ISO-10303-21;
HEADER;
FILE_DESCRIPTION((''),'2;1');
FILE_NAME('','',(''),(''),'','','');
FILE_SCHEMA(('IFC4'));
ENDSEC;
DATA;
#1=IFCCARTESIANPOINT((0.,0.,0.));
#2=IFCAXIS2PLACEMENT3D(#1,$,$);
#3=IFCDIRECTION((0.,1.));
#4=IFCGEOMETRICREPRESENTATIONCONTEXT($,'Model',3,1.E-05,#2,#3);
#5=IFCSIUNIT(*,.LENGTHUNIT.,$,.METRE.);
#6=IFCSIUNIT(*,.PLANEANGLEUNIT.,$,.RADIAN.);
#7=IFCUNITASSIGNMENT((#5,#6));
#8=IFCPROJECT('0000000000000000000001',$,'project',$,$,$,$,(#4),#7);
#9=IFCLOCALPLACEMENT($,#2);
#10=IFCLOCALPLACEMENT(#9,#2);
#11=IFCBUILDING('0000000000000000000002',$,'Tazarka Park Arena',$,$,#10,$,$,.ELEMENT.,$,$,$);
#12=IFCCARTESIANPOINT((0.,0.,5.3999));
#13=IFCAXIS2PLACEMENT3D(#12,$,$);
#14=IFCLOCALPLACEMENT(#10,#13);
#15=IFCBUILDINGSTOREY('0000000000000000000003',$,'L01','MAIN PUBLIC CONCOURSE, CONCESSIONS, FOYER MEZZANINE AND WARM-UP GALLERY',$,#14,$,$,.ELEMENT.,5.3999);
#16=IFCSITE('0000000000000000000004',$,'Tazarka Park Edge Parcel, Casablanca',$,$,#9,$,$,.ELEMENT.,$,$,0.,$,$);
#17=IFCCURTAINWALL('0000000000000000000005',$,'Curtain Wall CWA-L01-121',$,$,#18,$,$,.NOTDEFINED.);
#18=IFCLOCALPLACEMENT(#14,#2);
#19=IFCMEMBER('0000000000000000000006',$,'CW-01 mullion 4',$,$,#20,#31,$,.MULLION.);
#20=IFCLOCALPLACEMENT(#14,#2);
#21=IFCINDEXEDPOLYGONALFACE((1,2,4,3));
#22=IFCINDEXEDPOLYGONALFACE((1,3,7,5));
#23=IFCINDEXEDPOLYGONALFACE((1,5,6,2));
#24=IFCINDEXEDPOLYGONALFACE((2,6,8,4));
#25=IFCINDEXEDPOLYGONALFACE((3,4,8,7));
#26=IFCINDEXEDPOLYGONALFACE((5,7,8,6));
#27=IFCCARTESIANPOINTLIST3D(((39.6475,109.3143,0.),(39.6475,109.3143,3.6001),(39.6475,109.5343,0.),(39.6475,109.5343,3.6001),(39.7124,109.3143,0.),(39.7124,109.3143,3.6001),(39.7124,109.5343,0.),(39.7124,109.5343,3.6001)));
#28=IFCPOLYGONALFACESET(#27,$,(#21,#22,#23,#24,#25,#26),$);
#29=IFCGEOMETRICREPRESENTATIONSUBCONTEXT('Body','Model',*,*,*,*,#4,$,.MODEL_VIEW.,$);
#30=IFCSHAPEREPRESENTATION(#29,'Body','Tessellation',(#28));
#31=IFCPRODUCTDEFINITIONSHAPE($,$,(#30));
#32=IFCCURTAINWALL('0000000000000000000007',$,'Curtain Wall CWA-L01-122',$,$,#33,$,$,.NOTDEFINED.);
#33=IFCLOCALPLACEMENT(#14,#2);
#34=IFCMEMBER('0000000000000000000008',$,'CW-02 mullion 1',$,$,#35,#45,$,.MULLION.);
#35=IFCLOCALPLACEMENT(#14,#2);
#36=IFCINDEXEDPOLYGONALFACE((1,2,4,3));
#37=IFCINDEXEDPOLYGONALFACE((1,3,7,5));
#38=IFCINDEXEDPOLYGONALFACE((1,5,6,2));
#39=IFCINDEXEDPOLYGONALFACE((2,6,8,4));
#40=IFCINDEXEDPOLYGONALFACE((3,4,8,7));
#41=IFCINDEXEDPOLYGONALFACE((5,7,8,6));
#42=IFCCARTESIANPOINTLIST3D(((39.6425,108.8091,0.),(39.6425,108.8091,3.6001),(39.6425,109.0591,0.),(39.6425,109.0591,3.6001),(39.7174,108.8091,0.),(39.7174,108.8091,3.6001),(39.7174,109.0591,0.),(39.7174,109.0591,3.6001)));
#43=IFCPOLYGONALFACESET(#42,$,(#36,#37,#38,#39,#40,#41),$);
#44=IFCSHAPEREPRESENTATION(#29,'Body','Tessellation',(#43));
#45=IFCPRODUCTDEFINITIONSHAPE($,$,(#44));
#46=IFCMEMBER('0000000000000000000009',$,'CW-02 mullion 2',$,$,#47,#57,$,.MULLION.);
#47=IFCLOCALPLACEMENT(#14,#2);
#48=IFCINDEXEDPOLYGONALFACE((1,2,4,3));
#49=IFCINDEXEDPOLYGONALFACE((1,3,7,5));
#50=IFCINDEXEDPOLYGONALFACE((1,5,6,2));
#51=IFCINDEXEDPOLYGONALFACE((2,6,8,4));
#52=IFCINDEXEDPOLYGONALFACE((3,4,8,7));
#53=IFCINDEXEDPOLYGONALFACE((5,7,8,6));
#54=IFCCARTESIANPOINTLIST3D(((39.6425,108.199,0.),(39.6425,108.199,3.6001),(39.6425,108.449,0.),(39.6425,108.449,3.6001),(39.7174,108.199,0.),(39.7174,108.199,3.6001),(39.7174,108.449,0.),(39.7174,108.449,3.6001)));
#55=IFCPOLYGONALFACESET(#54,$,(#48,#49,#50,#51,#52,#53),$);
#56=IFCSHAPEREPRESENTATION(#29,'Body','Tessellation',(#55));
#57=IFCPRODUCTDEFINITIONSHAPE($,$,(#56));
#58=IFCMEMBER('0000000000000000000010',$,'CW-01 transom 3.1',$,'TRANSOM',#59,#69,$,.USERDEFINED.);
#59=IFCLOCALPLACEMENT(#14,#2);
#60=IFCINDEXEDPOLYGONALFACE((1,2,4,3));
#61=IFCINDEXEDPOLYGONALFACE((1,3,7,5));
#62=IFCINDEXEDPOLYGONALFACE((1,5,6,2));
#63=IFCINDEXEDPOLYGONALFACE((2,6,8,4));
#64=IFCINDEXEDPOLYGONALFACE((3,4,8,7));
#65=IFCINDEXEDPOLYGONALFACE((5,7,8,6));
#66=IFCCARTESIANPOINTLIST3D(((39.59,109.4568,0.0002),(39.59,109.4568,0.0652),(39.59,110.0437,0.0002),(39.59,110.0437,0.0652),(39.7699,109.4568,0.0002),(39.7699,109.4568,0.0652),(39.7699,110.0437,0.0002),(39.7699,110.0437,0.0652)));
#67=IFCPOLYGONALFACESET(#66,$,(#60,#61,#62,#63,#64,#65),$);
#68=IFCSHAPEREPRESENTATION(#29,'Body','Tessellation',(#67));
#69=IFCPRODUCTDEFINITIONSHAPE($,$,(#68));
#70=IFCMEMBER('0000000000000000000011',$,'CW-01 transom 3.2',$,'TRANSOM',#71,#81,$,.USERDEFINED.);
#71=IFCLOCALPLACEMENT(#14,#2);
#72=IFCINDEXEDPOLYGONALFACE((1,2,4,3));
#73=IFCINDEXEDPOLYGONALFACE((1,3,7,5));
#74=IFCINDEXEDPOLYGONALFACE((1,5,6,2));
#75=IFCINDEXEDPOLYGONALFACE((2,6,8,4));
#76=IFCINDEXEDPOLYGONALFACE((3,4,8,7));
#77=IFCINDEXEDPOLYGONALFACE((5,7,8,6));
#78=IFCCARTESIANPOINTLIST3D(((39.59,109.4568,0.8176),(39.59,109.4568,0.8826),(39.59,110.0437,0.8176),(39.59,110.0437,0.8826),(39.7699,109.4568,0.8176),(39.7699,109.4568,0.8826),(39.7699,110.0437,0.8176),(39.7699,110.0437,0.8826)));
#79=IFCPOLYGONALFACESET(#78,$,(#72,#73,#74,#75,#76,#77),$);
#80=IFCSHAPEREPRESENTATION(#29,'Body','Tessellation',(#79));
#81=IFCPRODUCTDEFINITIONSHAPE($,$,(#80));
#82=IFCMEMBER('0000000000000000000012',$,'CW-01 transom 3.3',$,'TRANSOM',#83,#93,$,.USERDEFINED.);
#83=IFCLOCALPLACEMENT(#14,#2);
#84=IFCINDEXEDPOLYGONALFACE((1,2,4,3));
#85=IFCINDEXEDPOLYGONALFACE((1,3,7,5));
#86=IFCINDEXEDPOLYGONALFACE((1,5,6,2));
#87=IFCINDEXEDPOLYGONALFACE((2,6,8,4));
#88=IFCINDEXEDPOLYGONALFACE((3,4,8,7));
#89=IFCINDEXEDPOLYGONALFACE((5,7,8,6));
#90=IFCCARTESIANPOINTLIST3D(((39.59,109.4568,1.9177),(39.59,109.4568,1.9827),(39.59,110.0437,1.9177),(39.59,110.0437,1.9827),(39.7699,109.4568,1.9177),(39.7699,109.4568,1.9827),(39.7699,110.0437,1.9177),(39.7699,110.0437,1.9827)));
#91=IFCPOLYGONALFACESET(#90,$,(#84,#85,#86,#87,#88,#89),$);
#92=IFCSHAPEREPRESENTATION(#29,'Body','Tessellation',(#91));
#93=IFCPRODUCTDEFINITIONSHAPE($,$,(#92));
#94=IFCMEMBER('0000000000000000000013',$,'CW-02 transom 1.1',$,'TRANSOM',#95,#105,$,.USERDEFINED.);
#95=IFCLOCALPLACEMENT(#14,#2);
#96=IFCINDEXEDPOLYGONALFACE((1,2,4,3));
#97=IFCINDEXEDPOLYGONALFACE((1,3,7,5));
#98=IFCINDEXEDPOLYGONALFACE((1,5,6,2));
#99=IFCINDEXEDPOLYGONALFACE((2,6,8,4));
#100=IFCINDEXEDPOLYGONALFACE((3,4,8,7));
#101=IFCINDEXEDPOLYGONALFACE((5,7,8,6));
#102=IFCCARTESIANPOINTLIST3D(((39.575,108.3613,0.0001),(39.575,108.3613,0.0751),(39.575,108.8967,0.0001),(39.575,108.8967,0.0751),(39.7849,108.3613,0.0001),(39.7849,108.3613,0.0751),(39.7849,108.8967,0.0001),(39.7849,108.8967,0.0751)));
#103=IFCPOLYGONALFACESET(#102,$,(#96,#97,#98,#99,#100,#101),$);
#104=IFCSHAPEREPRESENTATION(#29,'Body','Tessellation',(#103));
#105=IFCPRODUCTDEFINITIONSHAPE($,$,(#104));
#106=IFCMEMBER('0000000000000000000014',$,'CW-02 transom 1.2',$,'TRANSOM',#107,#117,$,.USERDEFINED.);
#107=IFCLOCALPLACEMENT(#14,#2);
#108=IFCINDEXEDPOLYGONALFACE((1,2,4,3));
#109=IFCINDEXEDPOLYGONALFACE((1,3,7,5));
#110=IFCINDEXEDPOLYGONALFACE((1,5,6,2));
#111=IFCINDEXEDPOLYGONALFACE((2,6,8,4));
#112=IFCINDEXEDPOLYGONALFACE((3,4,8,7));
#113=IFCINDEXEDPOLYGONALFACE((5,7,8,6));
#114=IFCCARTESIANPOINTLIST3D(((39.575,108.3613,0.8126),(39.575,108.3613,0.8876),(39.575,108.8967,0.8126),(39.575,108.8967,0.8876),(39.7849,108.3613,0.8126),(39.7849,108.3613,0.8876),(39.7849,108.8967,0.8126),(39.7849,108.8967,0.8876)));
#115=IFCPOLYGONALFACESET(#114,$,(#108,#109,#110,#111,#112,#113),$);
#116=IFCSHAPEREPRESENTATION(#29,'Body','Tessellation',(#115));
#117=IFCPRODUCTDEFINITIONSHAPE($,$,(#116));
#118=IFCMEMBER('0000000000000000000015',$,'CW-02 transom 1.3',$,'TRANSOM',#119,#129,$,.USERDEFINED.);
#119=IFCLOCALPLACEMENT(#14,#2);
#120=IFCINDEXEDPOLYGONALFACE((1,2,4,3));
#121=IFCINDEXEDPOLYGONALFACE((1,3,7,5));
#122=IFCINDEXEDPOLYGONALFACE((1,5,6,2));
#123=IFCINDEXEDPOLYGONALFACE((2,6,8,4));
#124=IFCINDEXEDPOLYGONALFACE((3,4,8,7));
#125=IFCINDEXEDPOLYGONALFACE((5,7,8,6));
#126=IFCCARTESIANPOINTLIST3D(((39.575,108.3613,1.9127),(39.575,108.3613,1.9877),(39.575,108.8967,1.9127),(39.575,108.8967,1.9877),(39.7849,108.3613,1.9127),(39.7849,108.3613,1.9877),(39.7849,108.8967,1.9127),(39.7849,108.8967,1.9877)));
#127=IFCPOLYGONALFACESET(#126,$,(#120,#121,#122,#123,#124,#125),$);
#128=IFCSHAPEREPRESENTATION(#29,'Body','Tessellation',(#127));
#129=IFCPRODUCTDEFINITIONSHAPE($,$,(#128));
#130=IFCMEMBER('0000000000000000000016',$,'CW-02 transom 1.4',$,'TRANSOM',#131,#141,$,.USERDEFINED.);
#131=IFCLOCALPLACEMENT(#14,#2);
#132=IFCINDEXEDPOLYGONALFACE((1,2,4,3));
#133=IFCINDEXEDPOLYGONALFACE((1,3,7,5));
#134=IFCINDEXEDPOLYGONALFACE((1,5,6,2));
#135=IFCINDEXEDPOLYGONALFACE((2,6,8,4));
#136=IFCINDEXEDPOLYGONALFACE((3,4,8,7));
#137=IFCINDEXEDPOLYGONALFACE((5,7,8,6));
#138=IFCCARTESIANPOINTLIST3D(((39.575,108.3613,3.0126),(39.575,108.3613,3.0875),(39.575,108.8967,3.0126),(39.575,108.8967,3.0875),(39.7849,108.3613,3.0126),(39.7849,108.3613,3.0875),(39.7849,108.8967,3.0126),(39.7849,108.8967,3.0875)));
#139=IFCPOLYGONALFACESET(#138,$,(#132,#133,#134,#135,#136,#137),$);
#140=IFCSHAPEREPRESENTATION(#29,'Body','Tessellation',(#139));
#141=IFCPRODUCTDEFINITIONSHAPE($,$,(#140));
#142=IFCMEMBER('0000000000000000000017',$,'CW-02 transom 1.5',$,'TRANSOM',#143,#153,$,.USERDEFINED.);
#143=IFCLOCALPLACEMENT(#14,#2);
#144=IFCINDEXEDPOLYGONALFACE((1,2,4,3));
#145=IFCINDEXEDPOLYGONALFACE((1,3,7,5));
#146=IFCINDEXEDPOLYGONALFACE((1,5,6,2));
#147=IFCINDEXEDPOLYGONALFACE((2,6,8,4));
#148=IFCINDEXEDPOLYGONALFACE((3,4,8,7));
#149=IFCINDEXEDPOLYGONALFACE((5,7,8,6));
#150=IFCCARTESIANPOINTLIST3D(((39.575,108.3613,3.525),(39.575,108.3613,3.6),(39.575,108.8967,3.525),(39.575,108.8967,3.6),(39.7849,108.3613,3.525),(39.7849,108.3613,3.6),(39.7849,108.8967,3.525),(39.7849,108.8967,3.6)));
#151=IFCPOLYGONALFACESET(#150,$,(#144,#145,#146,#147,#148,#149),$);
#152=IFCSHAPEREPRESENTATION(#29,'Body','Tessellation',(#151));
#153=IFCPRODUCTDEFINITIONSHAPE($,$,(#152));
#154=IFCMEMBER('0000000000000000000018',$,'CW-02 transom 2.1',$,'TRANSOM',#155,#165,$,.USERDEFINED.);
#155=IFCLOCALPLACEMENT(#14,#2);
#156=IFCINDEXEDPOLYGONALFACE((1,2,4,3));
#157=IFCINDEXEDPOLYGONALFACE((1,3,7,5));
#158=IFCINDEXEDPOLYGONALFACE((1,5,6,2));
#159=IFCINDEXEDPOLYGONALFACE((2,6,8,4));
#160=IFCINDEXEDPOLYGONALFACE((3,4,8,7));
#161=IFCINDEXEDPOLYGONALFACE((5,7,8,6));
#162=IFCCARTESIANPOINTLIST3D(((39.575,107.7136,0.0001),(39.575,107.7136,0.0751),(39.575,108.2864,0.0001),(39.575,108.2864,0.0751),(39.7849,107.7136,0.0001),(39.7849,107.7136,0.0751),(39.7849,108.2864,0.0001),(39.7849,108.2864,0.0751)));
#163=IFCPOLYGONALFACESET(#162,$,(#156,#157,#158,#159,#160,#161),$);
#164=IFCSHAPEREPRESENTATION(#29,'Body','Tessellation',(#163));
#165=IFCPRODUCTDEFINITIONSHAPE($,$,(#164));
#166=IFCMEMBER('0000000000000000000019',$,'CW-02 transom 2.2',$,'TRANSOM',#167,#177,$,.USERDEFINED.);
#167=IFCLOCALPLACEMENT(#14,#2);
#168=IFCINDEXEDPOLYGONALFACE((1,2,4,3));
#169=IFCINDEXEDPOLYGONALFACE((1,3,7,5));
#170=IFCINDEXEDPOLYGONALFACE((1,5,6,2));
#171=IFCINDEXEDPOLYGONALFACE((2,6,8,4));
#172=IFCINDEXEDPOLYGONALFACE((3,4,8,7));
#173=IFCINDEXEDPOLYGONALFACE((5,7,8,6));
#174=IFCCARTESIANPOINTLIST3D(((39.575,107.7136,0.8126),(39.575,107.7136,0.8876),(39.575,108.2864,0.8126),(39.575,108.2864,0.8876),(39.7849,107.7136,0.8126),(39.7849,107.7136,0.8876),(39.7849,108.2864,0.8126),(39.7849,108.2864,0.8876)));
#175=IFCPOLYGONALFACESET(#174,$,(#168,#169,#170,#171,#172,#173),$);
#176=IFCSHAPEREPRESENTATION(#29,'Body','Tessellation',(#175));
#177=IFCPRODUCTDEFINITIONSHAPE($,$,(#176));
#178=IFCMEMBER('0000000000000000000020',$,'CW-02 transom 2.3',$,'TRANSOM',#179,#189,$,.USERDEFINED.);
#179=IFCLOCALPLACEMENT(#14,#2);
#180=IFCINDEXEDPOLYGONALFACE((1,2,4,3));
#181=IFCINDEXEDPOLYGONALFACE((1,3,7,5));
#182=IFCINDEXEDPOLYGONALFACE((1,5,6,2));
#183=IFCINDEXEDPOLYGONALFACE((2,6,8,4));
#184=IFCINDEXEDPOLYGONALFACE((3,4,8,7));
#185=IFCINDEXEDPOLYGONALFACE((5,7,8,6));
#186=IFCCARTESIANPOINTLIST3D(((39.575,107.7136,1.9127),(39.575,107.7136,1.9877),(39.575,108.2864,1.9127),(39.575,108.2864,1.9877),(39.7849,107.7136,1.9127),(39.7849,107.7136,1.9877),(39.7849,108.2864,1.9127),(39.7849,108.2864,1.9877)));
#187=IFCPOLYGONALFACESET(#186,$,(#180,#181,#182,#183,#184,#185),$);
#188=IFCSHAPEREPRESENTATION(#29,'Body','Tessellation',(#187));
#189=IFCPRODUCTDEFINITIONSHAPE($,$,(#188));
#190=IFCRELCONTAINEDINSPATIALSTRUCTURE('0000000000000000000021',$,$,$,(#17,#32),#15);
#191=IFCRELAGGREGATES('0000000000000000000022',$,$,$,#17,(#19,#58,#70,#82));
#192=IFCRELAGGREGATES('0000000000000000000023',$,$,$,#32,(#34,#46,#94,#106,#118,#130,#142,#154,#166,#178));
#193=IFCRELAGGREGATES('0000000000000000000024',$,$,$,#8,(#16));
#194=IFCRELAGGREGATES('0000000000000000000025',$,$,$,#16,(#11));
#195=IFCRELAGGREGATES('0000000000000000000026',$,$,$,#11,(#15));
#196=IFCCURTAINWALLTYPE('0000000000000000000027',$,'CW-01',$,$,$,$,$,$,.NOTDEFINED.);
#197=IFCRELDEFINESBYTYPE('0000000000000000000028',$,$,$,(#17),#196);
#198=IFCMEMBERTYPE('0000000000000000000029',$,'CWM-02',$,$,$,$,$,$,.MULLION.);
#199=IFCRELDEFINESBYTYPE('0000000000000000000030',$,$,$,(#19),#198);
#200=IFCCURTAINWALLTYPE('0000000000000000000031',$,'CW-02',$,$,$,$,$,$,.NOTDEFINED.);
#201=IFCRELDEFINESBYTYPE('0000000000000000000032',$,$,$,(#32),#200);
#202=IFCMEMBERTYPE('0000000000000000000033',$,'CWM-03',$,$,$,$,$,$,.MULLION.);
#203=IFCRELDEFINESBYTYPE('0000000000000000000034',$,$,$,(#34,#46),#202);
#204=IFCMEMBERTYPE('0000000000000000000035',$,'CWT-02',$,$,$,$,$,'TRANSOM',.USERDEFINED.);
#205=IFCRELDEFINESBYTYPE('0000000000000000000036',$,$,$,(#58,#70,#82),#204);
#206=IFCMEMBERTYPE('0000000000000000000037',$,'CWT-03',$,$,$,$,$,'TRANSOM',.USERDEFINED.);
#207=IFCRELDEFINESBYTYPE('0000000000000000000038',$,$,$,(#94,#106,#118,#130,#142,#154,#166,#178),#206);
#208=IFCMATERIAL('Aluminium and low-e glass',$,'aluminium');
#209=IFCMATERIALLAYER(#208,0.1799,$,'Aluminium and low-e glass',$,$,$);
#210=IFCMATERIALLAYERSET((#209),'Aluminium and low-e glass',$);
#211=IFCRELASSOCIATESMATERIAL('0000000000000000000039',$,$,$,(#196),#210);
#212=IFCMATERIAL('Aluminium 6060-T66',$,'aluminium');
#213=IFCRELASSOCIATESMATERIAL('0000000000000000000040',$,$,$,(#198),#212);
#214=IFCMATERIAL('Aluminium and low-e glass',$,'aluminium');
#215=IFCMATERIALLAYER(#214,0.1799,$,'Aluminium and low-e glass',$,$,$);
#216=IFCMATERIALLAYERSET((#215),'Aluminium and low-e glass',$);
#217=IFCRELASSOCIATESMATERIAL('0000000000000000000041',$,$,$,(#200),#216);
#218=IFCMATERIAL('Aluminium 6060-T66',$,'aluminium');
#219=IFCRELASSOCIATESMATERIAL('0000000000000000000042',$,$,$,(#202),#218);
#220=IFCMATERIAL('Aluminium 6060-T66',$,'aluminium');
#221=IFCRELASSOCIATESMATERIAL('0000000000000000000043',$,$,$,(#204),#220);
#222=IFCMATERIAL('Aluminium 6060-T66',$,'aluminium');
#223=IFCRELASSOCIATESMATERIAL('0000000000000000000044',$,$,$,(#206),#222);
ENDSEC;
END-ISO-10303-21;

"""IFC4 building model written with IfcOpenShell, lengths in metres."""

from ifc_helpers import new_model, si_unit, direction, frame, origin, origin_2d, place, context, subcontext, project, spatial, rectangle, extrude, material, layer, layer_set, material_profile, profile_set, type_object, element, aggregate, save


model = new_model("IFC4")

# Units and contexts
model_context = context("Model", 3, precision=1e-05, world=origin(), true_north=direction((0.0, 1.0)))
body_context = subcontext(model_context, "Body", "Model", "MODEL_VIEW")
ifc_project = project(units=[si_unit("LENGTHUNIT", "METRE"), si_unit("PLANEANGLEUNIT", "RADIAN")], contexts=[model_context])

# Site, building, storey
site_placement = place(None, origin())
site = spatial("IfcSite", under=ifc_project, at=site_placement, Name="Tazarka Park Edge Parcel, Casablanca", CompositionType="ELEMENT", RefElevation=0.0)
building_placement = place(site_placement, origin())
building = spatial("IfcBuilding", under=site, at=building_placement, Name="Tazarka Park Arena", CompositionType="ELEMENT")
storey_placement = place(building_placement, frame((0.0, 0.0, 5.3999)))
storey = spatial("IfcBuildingStorey", under=building, at=storey_placement, Name="L01", Description="MAIN PUBLIC CONCOURSE, CONCESSIONS, FOYER MEZZANINE AND WARM-UP GALLERY", CompositionType="ELEMENT", Elevation=5.3999)

# Curtain wall, member
ifc_material_1 = material(Name="Aluminium and low-e glass", Category="aluminium")
ifc_layer_1 = layer(ifc_material_1, 0.1799, Name="Aluminium and low-e glass")
ifc_layer_set_1 = layer_set([ifc_layer_1], Name="Aluminium and low-e glass")
curtain_wall_type_1 = type_object("IfcCurtainWallType", Name="CW-01", PredefinedType="NOTDEFINED", material=ifc_layer_set_1)
curtain_wall_1_placement = place(storey_placement, origin())
curtain_wall_1 = element("IfcCurtainWall", 1, at=curtain_wall_1_placement, inside=storey, type_object=curtain_wall_type_1, Name="Curtain Wall CWA-L01-121", PredefinedType="NOTDEFINED")
ifc_material_2 = material(Name="Aluminium 6060-T66", Category="aluminium")
ifc_material_profile_1 = material_profile(ifc_material_2, rectangle(XDim=0.0649, YDim=0.22, at=origin_2d()), Name="Aluminium 6060-T66")
ifc_profile_set_1 = profile_set([ifc_material_profile_1], Name="Aluminium 6060-T66")
member_type_1 = type_object("IfcMemberType", Name="CWM-02", PredefinedType="MULLION", material=ifc_profile_set_1)
member_1_placement = place(storey_placement, frame((39.6799, 109.4243, 0.0), z_axis=(0.0, 0.0, 1.0), x_axis=(1.0, 0.0, 0.0)))
member_1 = element("IfcMember", 2, at=member_1_placement, type_object=member_type_1, Name="CW-01 mullion 4", PredefinedType="MULLION", context=body_context, shape_type="SweptSolid", body=[
    extrude(rectangle(XDim=0.0649, YDim=0.22, at=origin_2d()), origin(), (0.0, 0.0, 1.0), 3.6001),
])

# Curtain wall, members
ifc_material_3 = material(Name="Aluminium and low-e glass", Category="aluminium")
ifc_layer_2 = layer(ifc_material_3, 0.1799, Name="Aluminium and low-e glass")
ifc_layer_set_2 = layer_set([ifc_layer_2], Name="Aluminium and low-e glass")
curtain_wall_type_2 = type_object("IfcCurtainWallType", Name="CW-02", PredefinedType="NOTDEFINED", material=ifc_layer_set_2)
curtain_wall_2_placement = place(storey_placement, origin())
curtain_wall_2 = element("IfcCurtainWall", 3, at=curtain_wall_2_placement, inside=storey, type_object=curtain_wall_type_2, Name="Curtain Wall CWA-L01-122", PredefinedType="NOTDEFINED")
ifc_material_4 = material(Name="Aluminium 6060-T66", Category="aluminium")
ifc_material_profile_2 = material_profile(ifc_material_4, rectangle(XDim=0.075, YDim=0.25, at=origin_2d()), Name="Aluminium 6060-T66")
ifc_profile_set_2 = profile_set([ifc_material_profile_2], Name="Aluminium 6060-T66")
member_type_2 = type_object("IfcMemberType", Name="CWM-03", PredefinedType="MULLION", material=ifc_profile_set_2)
member_2_placement = place(storey_placement, frame((39.6799, 108.9341, 0.0), z_axis=(0.0, 0.0, 1.0), x_axis=(1.0, 0.0, 0.0)))
member_2 = element("IfcMember", 4, at=member_2_placement, type_object=member_type_2, Name="CW-02 mullion 1", PredefinedType="MULLION", context=body_context, shape_type="SweptSolid", body=[
    extrude(rectangle(XDim=0.075, YDim=0.25, at=origin_2d()), origin(), (0.0, 0.0, 1.0), 3.6001),
])
member_3_placement = place(storey_placement, frame((39.6799, 108.324, 0.0), z_axis=(0.0, 0.0, 1.0), x_axis=(1.0, 0.0, 0.0)))
member_3 = element("IfcMember", 5, at=member_3_placement, type_object=member_type_2, Name="CW-02 mullion 2", PredefinedType="MULLION", context=body_context, shape_type="SweptSolid", body=[
    extrude(rectangle(XDim=0.075, YDim=0.25, at=origin_2d()), origin(), (0.0, 0.0, 1.0), 3.6001),
])

# Members
ifc_material_5 = material(Name="Aluminium 6060-T66", Category="aluminium")
ifc_material_profile_3 = material_profile(ifc_material_5, rectangle(XDim=0.1799, YDim=0.0649, at=origin_2d()), Name="Aluminium 6060-T66")
ifc_profile_set_3 = profile_set([ifc_material_profile_3], Name="Aluminium 6060-T66")
member_type_3 = type_object("IfcMemberType", Name="CWT-02", ElementType="TRANSOM", PredefinedType="USERDEFINED", material=ifc_profile_set_3)
member_4_placement = place(storey_placement, frame((39.6799, 110.0437, 0.0327), z_axis=(0.0, -1.0, 0.0), x_axis=(1.0, 0.0, 0.0)))
member_4 = element("IfcMember", 6, at=member_4_placement, type_object=member_type_3, Name="CW-01 transom 3.1", ObjectType="TRANSOM", PredefinedType="USERDEFINED", context=body_context, shape_type="SweptSolid", body=[
    extrude(rectangle(XDim=0.1799, YDim=0.0649, at=origin_2d()), origin(), (0.0, 0.0, 1.0), 0.5869),
])
member_5_placement = place(storey_placement, frame((39.6799, 110.0437, 0.8501), z_axis=(0.0, -1.0, 0.0), x_axis=(1.0, 0.0, 0.0)))
member_5 = element("IfcMember", 7, at=member_5_placement, type_object=member_type_3, Name="CW-01 transom 3.2", ObjectType="TRANSOM", PredefinedType="USERDEFINED", context=body_context, shape_type="SweptSolid", body=[
    extrude(rectangle(XDim=0.1799, YDim=0.0649, at=origin_2d()), origin(), (0.0, 0.0, 1.0), 0.5869),
])
member_6_placement = place(storey_placement, frame((39.6799, 110.0437, 1.9502), z_axis=(0.0, -1.0, 0.0), x_axis=(1.0, 0.0, 0.0)))
member_6 = element("IfcMember", 8, at=member_6_placement, type_object=member_type_3, Name="CW-01 transom 3.3", ObjectType="TRANSOM", PredefinedType="USERDEFINED", context=body_context, shape_type="SweptSolid", body=[
    extrude(rectangle(XDim=0.1799, YDim=0.0649, at=origin_2d()), origin(), (0.0, 0.0, 1.0), 0.5869),
])
ifc_material_6 = material(Name="Aluminium 6060-T66", Category="aluminium")
ifc_material_profile_4 = material_profile(ifc_material_6, rectangle(XDim=0.21, YDim=0.075, at=origin_2d()), Name="Aluminium 6060-T66")
ifc_profile_set_4 = profile_set([ifc_material_profile_4], Name="Aluminium 6060-T66")
member_type_4 = type_object("IfcMemberType", Name="CWT-03", ElementType="TRANSOM", PredefinedType="USERDEFINED", material=ifc_profile_set_4)
member_7_placement = place(storey_placement, frame((39.6799, 108.8967, 0.0376), z_axis=(0.0, -1.0, 0.0), x_axis=(1.0, 0.0, 0.0)))
member_7 = element("IfcMember", 9, at=member_7_placement, type_object=member_type_4, Name="CW-02 transom 1.1", ObjectType="TRANSOM", PredefinedType="USERDEFINED", context=body_context, shape_type="SweptSolid", body=[
    extrude(rectangle(XDim=0.21, YDim=0.075, at=origin_2d()), origin(), (0.0, 0.0, 1.0), 0.5354),
])
member_8_placement = place(storey_placement, frame((39.6799, 108.8967, 0.8501), z_axis=(0.0, -1.0, 0.0), x_axis=(1.0, 0.0, 0.0)))
member_8 = element("IfcMember", 10, at=member_8_placement, type_object=member_type_4, Name="CW-02 transom 1.2", ObjectType="TRANSOM", PredefinedType="USERDEFINED", context=body_context, shape_type="SweptSolid", body=[
    extrude(rectangle(XDim=0.21, YDim=0.075, at=origin_2d()), origin(), (0.0, 0.0, 1.0), 0.5354),
])
member_9_placement = place(storey_placement, frame((39.6799, 108.8967, 1.9502), z_axis=(0.0, -1.0, 0.0), x_axis=(1.0, 0.0, 0.0)))
member_9 = element("IfcMember", 11, at=member_9_placement, type_object=member_type_4, Name="CW-02 transom 1.3", ObjectType="TRANSOM", PredefinedType="USERDEFINED", context=body_context, shape_type="SweptSolid", body=[
    extrude(rectangle(XDim=0.21, YDim=0.075, at=origin_2d()), origin(), (0.0, 0.0, 1.0), 0.5354),
])
member_10_placement = place(storey_placement, frame((39.6799, 108.8967, 3.05), z_axis=(0.0, -1.0, 0.0), x_axis=(1.0, 0.0, 0.0)))
member_10 = element("IfcMember", 12, at=member_10_placement, type_object=member_type_4, Name="CW-02 transom 1.4", ObjectType="TRANSOM", PredefinedType="USERDEFINED", context=body_context, shape_type="SweptSolid", body=[
    extrude(rectangle(XDim=0.21, YDim=0.075, at=origin_2d()), origin(), (0.0, 0.0, 1.0), 0.5354),
])
member_11_placement = place(storey_placement, frame((39.6799, 108.8967, 3.5625), z_axis=(0.0, -1.0, 0.0), x_axis=(1.0, 0.0, 0.0)))
member_11 = element("IfcMember", 13, at=member_11_placement, type_object=member_type_4, Name="CW-02 transom 1.5", ObjectType="TRANSOM", PredefinedType="USERDEFINED", context=body_context, shape_type="SweptSolid", body=[
    extrude(rectangle(XDim=0.21, YDim=0.075, at=origin_2d()), origin(), (0.0, 0.0, 1.0), 0.5354),
])
member_12_placement = place(storey_placement, frame((39.6799, 108.2864, 0.0376), z_axis=(0.0, -1.0, 0.0), x_axis=(1.0, 0.0, 0.0)))
member_12 = element("IfcMember", 14, at=member_12_placement, type_object=member_type_4, Name="CW-02 transom 2.1", ObjectType="TRANSOM", PredefinedType="USERDEFINED", context=body_context, shape_type="SweptSolid", body=[
    extrude(rectangle(XDim=0.21, YDim=0.075, at=origin_2d()), origin(), (0.0, 0.0, 1.0), 0.5728),
])
member_13_placement = place(storey_placement, frame((39.6799, 108.2864, 0.8501), z_axis=(0.0, -1.0, 0.0), x_axis=(1.0, 0.0, 0.0)))
member_13 = element("IfcMember", 15, at=member_13_placement, type_object=member_type_4, Name="CW-02 transom 2.2", ObjectType="TRANSOM", PredefinedType="USERDEFINED", context=body_context, shape_type="SweptSolid", body=[
    extrude(rectangle(XDim=0.21, YDim=0.075, at=origin_2d()), origin(), (0.0, 0.0, 1.0), 0.5728),
])
member_14_placement = place(storey_placement, frame((39.6799, 108.2864, 1.9502), z_axis=(0.0, -1.0, 0.0), x_axis=(1.0, 0.0, 0.0)))
member_14 = element("IfcMember", 16, at=member_14_placement, type_object=member_type_4, Name="CW-02 transom 2.3", ObjectType="TRANSOM", PredefinedType="USERDEFINED", context=body_context, shape_type="SweptSolid", body=[
    extrude(rectangle(XDim=0.21, YDim=0.075, at=origin_2d()), origin(), (0.0, 0.0, 1.0), 0.5728),
])

aggregate(curtain_wall_1, [member_1, member_4, member_5, member_6])
aggregate(curtain_wall_2, [member_2, member_3, member_7, member_8, member_9, member_10, member_11, member_12, member_13, member_14])

save(model, "model.ifc")
